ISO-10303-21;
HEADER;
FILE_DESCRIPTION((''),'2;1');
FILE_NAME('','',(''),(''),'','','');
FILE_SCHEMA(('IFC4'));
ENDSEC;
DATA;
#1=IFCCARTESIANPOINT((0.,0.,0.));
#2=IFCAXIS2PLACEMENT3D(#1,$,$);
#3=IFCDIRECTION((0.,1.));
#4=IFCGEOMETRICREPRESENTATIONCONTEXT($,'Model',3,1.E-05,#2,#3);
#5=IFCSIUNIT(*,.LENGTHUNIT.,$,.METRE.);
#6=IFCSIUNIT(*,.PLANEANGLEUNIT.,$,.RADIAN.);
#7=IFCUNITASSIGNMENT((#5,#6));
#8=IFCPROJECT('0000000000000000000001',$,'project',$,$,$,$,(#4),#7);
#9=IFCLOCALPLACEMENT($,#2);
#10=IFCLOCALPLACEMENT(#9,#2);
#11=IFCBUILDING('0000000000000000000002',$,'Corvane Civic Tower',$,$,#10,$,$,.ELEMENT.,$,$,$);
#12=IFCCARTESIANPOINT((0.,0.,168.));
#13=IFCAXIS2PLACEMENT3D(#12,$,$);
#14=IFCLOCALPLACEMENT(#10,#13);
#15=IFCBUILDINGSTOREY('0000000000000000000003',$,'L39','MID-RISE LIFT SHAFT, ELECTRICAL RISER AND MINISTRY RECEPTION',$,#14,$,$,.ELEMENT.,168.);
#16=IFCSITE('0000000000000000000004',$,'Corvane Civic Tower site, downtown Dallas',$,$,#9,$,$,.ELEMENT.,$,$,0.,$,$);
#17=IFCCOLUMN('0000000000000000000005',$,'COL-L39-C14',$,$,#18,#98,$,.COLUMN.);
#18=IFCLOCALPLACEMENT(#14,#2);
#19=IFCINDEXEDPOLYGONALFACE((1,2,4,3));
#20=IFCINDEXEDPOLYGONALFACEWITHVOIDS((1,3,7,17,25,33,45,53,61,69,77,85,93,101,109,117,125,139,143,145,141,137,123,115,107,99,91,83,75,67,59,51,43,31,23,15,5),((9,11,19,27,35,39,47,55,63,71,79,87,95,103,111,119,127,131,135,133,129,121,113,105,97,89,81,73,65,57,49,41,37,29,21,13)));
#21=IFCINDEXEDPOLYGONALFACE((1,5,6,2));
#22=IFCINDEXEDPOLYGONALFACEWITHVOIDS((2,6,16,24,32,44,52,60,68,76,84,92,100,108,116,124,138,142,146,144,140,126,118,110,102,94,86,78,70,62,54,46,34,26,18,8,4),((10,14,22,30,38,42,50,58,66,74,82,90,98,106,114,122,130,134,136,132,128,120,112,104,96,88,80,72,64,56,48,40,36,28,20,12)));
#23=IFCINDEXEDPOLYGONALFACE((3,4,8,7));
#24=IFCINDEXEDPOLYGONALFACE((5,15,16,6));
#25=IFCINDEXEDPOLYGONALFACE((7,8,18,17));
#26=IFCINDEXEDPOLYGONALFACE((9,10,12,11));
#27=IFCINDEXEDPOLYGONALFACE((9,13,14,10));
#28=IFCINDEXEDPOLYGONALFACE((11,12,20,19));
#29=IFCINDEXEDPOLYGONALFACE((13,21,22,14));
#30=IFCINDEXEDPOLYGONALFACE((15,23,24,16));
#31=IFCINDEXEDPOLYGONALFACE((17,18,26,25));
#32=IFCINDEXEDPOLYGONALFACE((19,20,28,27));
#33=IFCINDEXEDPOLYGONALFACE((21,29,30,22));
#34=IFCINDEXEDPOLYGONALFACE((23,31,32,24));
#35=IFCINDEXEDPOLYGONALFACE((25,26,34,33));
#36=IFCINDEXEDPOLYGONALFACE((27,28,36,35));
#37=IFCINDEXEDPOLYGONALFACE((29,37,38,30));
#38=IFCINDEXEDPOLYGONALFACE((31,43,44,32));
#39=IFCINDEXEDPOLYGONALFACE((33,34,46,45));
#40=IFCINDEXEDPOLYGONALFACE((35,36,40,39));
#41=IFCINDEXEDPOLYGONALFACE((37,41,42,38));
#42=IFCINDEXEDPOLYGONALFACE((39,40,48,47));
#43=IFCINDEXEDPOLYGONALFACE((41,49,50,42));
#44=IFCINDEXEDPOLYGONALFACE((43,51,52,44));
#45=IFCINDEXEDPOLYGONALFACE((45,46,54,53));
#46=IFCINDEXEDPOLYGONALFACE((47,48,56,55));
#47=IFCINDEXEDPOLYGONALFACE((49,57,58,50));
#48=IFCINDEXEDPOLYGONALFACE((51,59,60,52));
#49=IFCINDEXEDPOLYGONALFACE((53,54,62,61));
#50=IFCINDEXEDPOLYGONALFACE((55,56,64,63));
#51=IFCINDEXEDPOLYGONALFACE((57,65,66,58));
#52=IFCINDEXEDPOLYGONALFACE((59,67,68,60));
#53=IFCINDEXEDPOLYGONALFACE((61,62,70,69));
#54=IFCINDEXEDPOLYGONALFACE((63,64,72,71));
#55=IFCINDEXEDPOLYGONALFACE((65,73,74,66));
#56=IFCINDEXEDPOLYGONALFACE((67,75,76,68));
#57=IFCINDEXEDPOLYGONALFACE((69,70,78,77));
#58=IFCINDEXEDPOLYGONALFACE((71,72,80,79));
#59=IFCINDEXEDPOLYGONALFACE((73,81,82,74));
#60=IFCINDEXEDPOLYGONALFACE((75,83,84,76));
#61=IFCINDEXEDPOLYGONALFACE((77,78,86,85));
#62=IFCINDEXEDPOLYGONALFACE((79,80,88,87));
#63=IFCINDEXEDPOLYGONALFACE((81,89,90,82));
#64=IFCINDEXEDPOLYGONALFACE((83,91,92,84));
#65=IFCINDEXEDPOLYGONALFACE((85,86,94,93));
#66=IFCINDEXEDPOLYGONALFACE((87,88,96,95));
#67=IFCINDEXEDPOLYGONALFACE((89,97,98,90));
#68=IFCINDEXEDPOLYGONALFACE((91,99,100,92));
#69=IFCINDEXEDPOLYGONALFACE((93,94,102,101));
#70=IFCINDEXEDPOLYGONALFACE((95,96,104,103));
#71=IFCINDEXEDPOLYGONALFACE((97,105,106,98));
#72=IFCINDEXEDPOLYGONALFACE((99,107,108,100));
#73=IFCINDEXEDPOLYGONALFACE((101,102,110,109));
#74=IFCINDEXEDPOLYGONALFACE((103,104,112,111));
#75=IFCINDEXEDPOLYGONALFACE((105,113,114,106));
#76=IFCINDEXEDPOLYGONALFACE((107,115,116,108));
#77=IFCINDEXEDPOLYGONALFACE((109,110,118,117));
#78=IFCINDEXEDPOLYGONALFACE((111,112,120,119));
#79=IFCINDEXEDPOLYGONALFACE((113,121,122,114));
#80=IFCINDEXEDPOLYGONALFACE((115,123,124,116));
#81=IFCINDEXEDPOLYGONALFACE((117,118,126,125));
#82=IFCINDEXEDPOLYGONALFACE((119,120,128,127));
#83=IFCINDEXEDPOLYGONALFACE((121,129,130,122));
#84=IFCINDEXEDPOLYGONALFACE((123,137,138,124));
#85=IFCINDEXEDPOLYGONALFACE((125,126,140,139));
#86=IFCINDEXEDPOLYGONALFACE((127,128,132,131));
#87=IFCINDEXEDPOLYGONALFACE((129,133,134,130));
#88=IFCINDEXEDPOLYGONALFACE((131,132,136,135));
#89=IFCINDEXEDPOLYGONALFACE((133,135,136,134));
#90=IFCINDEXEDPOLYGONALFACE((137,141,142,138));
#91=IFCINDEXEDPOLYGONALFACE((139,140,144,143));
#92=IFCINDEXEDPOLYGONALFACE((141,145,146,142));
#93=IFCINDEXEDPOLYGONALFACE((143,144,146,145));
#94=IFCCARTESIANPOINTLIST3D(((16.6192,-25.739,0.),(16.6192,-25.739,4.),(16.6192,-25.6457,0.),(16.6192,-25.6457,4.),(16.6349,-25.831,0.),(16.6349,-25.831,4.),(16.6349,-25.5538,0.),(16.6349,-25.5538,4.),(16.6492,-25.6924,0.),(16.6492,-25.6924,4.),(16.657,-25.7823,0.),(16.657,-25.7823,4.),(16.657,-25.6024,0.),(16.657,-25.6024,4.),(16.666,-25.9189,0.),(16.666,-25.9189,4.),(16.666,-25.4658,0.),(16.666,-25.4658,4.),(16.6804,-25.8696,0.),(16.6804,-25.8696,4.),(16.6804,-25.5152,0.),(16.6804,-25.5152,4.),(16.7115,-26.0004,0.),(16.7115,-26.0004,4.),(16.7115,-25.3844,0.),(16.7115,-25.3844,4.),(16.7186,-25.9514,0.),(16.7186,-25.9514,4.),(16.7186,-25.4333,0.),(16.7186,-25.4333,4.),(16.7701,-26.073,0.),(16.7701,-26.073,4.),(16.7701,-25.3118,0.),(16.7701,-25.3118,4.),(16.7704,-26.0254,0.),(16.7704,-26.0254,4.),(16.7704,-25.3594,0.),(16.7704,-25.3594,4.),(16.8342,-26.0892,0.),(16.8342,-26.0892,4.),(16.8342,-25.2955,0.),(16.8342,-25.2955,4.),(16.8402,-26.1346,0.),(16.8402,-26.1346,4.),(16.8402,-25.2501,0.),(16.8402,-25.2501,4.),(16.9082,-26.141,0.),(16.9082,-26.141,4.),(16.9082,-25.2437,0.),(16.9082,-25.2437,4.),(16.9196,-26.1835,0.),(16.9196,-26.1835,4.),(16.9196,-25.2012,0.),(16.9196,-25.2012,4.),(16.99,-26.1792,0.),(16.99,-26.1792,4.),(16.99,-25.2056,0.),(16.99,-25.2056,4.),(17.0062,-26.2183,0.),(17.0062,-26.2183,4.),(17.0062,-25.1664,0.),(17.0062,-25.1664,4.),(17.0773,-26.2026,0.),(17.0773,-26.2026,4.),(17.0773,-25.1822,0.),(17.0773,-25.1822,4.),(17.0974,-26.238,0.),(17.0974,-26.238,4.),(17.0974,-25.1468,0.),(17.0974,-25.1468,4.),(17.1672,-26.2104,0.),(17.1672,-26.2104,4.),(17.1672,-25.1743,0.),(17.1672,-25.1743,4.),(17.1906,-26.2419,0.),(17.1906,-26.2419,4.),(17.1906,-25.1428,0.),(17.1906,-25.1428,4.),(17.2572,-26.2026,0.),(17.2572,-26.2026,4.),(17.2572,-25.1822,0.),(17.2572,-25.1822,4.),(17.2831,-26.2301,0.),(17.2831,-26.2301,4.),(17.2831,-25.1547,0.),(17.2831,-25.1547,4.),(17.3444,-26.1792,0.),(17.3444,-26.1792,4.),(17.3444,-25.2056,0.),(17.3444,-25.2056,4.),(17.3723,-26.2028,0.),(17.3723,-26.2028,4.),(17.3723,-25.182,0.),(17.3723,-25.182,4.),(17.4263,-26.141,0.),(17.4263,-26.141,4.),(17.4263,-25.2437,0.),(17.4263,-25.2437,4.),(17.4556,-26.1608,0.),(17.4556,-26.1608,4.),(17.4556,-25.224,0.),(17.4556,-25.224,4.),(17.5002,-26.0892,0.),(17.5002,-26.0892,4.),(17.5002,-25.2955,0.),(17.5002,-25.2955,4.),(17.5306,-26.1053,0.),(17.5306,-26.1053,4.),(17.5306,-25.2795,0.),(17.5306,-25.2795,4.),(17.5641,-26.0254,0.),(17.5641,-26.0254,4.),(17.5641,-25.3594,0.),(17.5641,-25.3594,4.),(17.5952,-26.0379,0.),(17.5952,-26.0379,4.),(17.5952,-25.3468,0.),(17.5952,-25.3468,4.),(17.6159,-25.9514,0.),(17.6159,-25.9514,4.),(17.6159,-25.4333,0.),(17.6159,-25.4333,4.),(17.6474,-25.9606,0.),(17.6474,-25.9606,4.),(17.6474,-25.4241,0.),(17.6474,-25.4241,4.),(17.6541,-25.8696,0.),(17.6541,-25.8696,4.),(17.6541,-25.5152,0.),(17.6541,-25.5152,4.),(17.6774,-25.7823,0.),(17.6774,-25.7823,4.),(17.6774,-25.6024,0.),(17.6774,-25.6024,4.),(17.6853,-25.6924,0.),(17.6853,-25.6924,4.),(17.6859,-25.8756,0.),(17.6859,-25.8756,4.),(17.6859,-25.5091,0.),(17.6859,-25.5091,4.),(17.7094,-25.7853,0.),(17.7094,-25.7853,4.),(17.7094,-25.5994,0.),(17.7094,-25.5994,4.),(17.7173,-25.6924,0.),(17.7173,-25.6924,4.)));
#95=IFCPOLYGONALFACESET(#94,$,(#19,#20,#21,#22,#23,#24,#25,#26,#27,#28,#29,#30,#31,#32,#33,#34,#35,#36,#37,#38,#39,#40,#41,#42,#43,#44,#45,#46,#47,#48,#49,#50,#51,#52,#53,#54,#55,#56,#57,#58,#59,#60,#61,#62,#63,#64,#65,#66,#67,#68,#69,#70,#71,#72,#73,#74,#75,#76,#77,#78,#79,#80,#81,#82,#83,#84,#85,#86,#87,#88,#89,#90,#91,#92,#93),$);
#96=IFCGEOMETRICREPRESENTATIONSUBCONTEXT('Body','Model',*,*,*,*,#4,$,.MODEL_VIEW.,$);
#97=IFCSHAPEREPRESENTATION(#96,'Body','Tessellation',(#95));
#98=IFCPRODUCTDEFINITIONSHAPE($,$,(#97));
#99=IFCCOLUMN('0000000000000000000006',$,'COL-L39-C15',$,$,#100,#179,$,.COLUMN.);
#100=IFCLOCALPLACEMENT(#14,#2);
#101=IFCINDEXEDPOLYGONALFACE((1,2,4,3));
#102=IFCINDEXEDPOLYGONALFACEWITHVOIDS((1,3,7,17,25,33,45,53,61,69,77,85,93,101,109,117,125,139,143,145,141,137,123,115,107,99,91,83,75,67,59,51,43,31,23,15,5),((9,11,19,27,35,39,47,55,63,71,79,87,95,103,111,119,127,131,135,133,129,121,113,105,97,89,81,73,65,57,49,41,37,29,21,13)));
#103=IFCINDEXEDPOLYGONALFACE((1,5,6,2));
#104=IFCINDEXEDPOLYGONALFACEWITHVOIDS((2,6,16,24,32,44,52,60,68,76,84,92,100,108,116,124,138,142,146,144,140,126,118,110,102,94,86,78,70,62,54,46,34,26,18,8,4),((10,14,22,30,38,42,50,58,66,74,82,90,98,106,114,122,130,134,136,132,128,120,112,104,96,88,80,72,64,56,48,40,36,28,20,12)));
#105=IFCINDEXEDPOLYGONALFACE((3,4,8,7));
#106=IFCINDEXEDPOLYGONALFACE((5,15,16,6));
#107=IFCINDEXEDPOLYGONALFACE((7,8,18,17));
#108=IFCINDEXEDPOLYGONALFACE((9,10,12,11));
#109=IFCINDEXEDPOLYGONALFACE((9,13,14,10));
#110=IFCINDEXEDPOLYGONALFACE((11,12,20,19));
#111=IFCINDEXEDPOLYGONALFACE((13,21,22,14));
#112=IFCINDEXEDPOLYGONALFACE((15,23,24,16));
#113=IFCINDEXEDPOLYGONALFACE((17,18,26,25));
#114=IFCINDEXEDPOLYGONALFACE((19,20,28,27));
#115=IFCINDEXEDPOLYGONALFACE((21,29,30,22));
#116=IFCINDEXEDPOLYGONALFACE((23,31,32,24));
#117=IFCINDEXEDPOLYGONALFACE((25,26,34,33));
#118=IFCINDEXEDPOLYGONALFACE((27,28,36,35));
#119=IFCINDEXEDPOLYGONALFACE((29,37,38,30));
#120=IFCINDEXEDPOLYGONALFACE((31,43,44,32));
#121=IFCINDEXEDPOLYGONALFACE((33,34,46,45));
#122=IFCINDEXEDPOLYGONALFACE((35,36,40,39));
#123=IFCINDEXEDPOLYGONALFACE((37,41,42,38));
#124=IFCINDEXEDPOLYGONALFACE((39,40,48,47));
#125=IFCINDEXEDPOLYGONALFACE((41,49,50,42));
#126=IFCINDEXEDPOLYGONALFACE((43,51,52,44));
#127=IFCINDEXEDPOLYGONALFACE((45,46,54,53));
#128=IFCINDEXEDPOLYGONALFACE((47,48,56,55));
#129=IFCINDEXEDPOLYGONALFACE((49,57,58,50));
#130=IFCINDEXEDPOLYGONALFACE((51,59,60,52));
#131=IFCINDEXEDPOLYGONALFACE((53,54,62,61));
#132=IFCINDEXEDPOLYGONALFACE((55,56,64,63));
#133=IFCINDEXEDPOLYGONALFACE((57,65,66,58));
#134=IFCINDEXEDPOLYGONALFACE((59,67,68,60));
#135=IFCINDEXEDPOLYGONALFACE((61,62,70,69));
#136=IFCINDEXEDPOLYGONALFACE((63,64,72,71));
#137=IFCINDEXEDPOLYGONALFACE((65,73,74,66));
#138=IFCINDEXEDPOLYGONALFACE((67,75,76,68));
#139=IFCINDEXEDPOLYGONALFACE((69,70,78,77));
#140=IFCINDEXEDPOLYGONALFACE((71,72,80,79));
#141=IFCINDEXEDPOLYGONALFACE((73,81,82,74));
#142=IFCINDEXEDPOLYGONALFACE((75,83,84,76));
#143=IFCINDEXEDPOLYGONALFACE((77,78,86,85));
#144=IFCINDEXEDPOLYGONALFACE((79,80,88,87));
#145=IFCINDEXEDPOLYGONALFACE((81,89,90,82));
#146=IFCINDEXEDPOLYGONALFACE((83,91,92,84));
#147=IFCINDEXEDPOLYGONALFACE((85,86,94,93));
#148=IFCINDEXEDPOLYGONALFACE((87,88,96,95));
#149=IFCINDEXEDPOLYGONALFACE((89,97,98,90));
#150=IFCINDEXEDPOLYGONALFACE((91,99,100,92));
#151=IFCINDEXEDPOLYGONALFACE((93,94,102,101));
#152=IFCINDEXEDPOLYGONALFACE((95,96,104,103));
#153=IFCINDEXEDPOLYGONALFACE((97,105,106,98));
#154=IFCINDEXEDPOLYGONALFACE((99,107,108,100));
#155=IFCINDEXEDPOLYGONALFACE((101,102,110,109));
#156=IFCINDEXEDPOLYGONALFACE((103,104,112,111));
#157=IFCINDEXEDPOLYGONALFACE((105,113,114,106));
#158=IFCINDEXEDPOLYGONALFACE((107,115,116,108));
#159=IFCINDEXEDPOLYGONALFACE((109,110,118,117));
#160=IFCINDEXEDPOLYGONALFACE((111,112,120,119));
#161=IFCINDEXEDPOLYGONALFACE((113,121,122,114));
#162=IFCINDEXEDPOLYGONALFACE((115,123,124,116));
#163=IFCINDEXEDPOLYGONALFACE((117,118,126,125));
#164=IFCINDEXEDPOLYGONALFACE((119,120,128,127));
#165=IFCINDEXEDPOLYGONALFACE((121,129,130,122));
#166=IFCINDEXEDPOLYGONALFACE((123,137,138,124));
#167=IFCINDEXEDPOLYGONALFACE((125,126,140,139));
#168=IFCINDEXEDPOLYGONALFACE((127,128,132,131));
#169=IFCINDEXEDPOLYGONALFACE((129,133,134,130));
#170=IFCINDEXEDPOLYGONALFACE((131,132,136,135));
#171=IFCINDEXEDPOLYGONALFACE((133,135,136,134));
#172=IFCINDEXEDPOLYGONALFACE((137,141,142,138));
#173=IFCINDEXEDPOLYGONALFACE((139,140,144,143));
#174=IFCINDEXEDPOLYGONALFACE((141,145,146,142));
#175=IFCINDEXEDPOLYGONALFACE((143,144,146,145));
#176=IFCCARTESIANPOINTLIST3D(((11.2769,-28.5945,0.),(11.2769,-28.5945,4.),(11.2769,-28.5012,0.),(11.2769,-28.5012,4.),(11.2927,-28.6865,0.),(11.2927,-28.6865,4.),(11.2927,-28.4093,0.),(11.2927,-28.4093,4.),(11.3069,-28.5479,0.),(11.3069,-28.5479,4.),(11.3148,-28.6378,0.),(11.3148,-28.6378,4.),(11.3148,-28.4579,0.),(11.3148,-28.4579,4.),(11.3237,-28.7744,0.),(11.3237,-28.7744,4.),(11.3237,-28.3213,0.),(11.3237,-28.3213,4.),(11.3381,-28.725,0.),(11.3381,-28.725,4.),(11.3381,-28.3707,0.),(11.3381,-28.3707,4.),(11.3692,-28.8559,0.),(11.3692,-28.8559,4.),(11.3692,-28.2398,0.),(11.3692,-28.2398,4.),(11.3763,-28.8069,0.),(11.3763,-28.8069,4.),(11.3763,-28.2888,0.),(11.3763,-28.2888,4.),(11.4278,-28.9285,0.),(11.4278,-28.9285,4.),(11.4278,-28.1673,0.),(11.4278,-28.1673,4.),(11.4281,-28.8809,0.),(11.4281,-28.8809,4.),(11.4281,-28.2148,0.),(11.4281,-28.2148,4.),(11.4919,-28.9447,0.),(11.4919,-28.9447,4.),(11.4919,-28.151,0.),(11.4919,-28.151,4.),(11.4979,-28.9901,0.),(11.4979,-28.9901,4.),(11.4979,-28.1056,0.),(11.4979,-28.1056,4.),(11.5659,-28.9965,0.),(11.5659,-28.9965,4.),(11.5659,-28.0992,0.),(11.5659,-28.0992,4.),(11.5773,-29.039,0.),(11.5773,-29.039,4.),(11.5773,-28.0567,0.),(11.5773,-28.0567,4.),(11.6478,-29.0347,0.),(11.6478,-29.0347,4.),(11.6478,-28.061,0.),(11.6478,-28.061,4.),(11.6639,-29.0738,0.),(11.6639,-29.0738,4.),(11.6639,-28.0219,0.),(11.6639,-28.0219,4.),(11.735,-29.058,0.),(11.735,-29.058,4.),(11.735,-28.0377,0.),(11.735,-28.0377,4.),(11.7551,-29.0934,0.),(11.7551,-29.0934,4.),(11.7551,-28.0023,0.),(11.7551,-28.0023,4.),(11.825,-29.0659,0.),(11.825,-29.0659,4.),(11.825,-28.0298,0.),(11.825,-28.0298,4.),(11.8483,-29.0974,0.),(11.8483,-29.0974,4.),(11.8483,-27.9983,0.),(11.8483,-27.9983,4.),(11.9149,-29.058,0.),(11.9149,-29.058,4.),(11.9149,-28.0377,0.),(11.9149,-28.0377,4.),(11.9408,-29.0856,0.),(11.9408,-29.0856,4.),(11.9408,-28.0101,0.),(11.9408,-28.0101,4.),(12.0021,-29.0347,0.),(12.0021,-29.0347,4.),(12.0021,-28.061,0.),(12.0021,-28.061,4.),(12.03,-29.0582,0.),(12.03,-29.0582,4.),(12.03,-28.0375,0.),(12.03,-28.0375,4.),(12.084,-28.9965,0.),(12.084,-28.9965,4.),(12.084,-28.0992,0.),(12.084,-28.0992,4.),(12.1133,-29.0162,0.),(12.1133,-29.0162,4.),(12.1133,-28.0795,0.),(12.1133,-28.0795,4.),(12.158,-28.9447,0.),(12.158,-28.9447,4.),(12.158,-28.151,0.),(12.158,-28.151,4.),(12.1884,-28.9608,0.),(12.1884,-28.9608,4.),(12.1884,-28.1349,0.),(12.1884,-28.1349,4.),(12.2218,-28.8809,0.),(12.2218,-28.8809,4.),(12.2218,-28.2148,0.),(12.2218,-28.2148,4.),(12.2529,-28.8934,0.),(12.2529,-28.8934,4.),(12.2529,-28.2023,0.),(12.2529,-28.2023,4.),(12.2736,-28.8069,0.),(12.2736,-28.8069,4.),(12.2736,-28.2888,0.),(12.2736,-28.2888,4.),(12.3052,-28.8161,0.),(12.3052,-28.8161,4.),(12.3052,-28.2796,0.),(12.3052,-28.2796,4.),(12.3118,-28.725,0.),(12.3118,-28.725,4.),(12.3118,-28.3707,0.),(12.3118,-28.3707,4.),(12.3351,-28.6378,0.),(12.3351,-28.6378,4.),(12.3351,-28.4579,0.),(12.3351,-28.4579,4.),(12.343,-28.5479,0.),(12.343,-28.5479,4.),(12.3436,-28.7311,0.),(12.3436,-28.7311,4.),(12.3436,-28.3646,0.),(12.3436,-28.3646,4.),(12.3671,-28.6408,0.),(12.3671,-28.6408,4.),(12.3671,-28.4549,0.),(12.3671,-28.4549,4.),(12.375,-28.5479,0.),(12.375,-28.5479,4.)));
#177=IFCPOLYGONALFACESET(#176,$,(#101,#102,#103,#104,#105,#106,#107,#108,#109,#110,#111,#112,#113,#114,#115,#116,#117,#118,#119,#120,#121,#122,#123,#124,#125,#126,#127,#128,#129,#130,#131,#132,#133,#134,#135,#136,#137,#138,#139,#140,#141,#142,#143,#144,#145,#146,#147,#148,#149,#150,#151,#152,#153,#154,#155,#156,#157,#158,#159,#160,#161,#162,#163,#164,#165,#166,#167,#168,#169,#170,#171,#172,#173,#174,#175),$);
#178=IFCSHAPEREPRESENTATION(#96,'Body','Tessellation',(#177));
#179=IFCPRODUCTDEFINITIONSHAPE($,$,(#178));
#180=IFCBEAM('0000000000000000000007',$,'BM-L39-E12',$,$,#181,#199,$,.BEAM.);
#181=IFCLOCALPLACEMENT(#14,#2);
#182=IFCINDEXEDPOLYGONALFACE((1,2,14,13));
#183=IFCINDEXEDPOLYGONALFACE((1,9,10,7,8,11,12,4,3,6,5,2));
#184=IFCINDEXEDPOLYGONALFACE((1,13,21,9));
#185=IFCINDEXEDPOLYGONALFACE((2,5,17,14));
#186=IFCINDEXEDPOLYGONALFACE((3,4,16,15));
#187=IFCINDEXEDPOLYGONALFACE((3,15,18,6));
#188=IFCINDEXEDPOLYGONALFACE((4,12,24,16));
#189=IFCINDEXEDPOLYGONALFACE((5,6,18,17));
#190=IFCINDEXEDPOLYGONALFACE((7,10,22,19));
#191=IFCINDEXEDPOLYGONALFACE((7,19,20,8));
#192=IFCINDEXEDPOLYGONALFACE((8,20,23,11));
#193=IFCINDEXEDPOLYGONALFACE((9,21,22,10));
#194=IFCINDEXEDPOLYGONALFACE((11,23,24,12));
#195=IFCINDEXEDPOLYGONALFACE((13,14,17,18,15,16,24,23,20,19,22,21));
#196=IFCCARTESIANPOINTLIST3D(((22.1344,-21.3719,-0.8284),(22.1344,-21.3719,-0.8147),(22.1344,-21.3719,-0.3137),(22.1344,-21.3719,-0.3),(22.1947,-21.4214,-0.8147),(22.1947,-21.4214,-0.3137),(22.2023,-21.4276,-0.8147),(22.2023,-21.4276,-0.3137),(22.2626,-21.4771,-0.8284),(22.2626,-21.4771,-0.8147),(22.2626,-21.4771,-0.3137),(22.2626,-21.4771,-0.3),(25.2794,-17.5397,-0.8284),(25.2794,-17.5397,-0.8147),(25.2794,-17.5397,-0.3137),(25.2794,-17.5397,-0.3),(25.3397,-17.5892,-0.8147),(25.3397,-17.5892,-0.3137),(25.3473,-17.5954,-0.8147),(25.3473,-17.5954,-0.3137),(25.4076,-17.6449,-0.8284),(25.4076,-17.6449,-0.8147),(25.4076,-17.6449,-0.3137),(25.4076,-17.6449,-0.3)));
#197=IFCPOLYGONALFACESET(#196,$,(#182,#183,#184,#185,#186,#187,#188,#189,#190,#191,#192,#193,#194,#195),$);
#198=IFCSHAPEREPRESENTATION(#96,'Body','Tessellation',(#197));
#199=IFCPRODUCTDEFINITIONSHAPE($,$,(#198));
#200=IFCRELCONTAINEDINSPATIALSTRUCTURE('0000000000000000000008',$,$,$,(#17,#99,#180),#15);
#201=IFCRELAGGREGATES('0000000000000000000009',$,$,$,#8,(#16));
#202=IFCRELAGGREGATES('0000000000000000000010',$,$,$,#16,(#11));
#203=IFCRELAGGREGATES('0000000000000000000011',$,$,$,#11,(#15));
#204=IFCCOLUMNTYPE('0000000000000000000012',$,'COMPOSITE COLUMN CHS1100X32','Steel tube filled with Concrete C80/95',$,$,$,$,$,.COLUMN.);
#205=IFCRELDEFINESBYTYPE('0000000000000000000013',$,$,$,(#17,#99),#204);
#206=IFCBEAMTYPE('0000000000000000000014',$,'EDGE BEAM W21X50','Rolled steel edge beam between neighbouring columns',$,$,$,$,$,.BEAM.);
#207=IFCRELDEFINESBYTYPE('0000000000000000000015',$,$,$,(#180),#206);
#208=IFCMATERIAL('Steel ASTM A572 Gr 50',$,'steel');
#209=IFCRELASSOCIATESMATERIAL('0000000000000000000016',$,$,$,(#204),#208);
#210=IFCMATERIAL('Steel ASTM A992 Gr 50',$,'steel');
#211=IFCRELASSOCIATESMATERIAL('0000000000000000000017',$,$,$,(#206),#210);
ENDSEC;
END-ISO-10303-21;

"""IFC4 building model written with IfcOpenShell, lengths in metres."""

from ifc_helpers import new_model, si_unit, direction, frame, origin, origin_2d, place, context, subcontext, project, spatial, hollow_circle, i_section, extrude, material, material_profile, profile_set, type_object, element, save


model = new_model("IFC4")

# Units and contexts
model_context = context("Model", 3, precision=1e-05, world=origin(), true_north=direction((0.0, 1.0)))
body_context = subcontext(model_context, "Body", "Model", "MODEL_VIEW")
ifc_project = project(units=[si_unit("LENGTHUNIT", "METRE"), si_unit("PLANEANGLEUNIT", "RADIAN")], contexts=[model_context])

# Site, building, storey
site_placement = place(None, origin())
site = spatial("IfcSite", under=ifc_project, at=site_placement, Name="Corvane Civic Tower site, downtown Dallas", CompositionType="ELEMENT", RefElevation=0.0)
building_placement = place(site_placement, origin())
building = spatial("IfcBuilding", under=site, at=building_placement, Name="Corvane Civic Tower", CompositionType="ELEMENT")
storey_placement = place(building_placement, frame((0.0, 0.0, 168.0)))
storey = spatial("IfcBuildingStorey", under=building, at=storey_placement, Name="L39", Description="MID-RISE LIFT SHAFT, ELECTRICAL RISER AND MINISTRY RECEPTION", CompositionType="ELEMENT", Elevation=168.0)

# Columns
ifc_material_1 = material(Name="Steel ASTM A572 Gr 50", Category="steel")
ifc_material_profile_1 = material_profile(ifc_material_1, hollow_circle(Radius=0.55, WallThickness=0.032, at=origin_2d()), Name="CHS1100X32")
ifc_profile_set_1 = profile_set([ifc_material_profile_1], Name="Steel ASTM A572 Gr 50")
column_type = type_object("IfcColumnType", Name="COMPOSITE COLUMN CHS1100X32", Description="Steel tube filled with Concrete C80/95", PredefinedType="COLUMN", material=ifc_profile_set_1)
for number, where, z_axis, x_axis, name in (
    (1, (17.1672, -25.6924, 0.0), (0.0, 0.0, 1.0), (1.0, 0.0, 0.0), "COL-L39-C14"),
    (2, (11.825, -28.5479, 0.0), (0.0, 0.0, 1.0), (1.0, 0.0, 0.0), "COL-L39-C15"),
):
    element("IfcColumn", number, at=place(storey_placement, frame(where, z_axis=z_axis, x_axis=x_axis)), inside=storey, type_object=column_type, Name=name, PredefinedType="COLUMN", context=body_context, shape_type="SweptSolid", body=[
        extrude(hollow_circle(Radius=0.55, WallThickness=0.032, at=origin_2d()), origin(), (0.0, 0.0, 1.0), 4.0),
    ])

# Beam
ifc_material_2 = material(Name="Steel ASTM A992 Gr 50", Category="steel")
ifc_material_profile_2 = material_profile(ifc_material_2, i_section(OverallWidth=0.1658, OverallDepth=0.5283, WebThickness=0.0098, FlangeThickness=0.0137, at=origin_2d()), Name="W21X50")
ifc_profile_set_2 = profile_set([ifc_material_profile_2], Name="Steel ASTM A992 Gr 50")
beam_type_1 = type_object("IfcBeamType", Name="EDGE BEAM W21X50", Description="Rolled steel edge beam between neighbouring columns", PredefinedType="BEAM", material=ifc_profile_set_2)
for number, where, z_axis, x_axis, name in (
    (3, (25.3435, -17.5923, -0.5642), (-0.634388, -0.773015, 0.0), (0.773015, -0.634388, 0.0), "BM-L39-E12"),
):
    element("IfcBeam", number, at=place(storey_placement, frame(where, z_axis=z_axis, x_axis=x_axis)), inside=storey, type_object=beam_type_1, Name=name, PredefinedType="BEAM", context=body_context, shape_type="SweptSolid", body=[
        extrude(i_section(OverallWidth=0.1658, OverallDepth=0.5283, WebThickness=0.0098, FlangeThickness=0.0137, at=origin_2d()), origin(), (0.0, 0.0, 1.0), 4.9575),
    ])

save(model, "model.ifc")
